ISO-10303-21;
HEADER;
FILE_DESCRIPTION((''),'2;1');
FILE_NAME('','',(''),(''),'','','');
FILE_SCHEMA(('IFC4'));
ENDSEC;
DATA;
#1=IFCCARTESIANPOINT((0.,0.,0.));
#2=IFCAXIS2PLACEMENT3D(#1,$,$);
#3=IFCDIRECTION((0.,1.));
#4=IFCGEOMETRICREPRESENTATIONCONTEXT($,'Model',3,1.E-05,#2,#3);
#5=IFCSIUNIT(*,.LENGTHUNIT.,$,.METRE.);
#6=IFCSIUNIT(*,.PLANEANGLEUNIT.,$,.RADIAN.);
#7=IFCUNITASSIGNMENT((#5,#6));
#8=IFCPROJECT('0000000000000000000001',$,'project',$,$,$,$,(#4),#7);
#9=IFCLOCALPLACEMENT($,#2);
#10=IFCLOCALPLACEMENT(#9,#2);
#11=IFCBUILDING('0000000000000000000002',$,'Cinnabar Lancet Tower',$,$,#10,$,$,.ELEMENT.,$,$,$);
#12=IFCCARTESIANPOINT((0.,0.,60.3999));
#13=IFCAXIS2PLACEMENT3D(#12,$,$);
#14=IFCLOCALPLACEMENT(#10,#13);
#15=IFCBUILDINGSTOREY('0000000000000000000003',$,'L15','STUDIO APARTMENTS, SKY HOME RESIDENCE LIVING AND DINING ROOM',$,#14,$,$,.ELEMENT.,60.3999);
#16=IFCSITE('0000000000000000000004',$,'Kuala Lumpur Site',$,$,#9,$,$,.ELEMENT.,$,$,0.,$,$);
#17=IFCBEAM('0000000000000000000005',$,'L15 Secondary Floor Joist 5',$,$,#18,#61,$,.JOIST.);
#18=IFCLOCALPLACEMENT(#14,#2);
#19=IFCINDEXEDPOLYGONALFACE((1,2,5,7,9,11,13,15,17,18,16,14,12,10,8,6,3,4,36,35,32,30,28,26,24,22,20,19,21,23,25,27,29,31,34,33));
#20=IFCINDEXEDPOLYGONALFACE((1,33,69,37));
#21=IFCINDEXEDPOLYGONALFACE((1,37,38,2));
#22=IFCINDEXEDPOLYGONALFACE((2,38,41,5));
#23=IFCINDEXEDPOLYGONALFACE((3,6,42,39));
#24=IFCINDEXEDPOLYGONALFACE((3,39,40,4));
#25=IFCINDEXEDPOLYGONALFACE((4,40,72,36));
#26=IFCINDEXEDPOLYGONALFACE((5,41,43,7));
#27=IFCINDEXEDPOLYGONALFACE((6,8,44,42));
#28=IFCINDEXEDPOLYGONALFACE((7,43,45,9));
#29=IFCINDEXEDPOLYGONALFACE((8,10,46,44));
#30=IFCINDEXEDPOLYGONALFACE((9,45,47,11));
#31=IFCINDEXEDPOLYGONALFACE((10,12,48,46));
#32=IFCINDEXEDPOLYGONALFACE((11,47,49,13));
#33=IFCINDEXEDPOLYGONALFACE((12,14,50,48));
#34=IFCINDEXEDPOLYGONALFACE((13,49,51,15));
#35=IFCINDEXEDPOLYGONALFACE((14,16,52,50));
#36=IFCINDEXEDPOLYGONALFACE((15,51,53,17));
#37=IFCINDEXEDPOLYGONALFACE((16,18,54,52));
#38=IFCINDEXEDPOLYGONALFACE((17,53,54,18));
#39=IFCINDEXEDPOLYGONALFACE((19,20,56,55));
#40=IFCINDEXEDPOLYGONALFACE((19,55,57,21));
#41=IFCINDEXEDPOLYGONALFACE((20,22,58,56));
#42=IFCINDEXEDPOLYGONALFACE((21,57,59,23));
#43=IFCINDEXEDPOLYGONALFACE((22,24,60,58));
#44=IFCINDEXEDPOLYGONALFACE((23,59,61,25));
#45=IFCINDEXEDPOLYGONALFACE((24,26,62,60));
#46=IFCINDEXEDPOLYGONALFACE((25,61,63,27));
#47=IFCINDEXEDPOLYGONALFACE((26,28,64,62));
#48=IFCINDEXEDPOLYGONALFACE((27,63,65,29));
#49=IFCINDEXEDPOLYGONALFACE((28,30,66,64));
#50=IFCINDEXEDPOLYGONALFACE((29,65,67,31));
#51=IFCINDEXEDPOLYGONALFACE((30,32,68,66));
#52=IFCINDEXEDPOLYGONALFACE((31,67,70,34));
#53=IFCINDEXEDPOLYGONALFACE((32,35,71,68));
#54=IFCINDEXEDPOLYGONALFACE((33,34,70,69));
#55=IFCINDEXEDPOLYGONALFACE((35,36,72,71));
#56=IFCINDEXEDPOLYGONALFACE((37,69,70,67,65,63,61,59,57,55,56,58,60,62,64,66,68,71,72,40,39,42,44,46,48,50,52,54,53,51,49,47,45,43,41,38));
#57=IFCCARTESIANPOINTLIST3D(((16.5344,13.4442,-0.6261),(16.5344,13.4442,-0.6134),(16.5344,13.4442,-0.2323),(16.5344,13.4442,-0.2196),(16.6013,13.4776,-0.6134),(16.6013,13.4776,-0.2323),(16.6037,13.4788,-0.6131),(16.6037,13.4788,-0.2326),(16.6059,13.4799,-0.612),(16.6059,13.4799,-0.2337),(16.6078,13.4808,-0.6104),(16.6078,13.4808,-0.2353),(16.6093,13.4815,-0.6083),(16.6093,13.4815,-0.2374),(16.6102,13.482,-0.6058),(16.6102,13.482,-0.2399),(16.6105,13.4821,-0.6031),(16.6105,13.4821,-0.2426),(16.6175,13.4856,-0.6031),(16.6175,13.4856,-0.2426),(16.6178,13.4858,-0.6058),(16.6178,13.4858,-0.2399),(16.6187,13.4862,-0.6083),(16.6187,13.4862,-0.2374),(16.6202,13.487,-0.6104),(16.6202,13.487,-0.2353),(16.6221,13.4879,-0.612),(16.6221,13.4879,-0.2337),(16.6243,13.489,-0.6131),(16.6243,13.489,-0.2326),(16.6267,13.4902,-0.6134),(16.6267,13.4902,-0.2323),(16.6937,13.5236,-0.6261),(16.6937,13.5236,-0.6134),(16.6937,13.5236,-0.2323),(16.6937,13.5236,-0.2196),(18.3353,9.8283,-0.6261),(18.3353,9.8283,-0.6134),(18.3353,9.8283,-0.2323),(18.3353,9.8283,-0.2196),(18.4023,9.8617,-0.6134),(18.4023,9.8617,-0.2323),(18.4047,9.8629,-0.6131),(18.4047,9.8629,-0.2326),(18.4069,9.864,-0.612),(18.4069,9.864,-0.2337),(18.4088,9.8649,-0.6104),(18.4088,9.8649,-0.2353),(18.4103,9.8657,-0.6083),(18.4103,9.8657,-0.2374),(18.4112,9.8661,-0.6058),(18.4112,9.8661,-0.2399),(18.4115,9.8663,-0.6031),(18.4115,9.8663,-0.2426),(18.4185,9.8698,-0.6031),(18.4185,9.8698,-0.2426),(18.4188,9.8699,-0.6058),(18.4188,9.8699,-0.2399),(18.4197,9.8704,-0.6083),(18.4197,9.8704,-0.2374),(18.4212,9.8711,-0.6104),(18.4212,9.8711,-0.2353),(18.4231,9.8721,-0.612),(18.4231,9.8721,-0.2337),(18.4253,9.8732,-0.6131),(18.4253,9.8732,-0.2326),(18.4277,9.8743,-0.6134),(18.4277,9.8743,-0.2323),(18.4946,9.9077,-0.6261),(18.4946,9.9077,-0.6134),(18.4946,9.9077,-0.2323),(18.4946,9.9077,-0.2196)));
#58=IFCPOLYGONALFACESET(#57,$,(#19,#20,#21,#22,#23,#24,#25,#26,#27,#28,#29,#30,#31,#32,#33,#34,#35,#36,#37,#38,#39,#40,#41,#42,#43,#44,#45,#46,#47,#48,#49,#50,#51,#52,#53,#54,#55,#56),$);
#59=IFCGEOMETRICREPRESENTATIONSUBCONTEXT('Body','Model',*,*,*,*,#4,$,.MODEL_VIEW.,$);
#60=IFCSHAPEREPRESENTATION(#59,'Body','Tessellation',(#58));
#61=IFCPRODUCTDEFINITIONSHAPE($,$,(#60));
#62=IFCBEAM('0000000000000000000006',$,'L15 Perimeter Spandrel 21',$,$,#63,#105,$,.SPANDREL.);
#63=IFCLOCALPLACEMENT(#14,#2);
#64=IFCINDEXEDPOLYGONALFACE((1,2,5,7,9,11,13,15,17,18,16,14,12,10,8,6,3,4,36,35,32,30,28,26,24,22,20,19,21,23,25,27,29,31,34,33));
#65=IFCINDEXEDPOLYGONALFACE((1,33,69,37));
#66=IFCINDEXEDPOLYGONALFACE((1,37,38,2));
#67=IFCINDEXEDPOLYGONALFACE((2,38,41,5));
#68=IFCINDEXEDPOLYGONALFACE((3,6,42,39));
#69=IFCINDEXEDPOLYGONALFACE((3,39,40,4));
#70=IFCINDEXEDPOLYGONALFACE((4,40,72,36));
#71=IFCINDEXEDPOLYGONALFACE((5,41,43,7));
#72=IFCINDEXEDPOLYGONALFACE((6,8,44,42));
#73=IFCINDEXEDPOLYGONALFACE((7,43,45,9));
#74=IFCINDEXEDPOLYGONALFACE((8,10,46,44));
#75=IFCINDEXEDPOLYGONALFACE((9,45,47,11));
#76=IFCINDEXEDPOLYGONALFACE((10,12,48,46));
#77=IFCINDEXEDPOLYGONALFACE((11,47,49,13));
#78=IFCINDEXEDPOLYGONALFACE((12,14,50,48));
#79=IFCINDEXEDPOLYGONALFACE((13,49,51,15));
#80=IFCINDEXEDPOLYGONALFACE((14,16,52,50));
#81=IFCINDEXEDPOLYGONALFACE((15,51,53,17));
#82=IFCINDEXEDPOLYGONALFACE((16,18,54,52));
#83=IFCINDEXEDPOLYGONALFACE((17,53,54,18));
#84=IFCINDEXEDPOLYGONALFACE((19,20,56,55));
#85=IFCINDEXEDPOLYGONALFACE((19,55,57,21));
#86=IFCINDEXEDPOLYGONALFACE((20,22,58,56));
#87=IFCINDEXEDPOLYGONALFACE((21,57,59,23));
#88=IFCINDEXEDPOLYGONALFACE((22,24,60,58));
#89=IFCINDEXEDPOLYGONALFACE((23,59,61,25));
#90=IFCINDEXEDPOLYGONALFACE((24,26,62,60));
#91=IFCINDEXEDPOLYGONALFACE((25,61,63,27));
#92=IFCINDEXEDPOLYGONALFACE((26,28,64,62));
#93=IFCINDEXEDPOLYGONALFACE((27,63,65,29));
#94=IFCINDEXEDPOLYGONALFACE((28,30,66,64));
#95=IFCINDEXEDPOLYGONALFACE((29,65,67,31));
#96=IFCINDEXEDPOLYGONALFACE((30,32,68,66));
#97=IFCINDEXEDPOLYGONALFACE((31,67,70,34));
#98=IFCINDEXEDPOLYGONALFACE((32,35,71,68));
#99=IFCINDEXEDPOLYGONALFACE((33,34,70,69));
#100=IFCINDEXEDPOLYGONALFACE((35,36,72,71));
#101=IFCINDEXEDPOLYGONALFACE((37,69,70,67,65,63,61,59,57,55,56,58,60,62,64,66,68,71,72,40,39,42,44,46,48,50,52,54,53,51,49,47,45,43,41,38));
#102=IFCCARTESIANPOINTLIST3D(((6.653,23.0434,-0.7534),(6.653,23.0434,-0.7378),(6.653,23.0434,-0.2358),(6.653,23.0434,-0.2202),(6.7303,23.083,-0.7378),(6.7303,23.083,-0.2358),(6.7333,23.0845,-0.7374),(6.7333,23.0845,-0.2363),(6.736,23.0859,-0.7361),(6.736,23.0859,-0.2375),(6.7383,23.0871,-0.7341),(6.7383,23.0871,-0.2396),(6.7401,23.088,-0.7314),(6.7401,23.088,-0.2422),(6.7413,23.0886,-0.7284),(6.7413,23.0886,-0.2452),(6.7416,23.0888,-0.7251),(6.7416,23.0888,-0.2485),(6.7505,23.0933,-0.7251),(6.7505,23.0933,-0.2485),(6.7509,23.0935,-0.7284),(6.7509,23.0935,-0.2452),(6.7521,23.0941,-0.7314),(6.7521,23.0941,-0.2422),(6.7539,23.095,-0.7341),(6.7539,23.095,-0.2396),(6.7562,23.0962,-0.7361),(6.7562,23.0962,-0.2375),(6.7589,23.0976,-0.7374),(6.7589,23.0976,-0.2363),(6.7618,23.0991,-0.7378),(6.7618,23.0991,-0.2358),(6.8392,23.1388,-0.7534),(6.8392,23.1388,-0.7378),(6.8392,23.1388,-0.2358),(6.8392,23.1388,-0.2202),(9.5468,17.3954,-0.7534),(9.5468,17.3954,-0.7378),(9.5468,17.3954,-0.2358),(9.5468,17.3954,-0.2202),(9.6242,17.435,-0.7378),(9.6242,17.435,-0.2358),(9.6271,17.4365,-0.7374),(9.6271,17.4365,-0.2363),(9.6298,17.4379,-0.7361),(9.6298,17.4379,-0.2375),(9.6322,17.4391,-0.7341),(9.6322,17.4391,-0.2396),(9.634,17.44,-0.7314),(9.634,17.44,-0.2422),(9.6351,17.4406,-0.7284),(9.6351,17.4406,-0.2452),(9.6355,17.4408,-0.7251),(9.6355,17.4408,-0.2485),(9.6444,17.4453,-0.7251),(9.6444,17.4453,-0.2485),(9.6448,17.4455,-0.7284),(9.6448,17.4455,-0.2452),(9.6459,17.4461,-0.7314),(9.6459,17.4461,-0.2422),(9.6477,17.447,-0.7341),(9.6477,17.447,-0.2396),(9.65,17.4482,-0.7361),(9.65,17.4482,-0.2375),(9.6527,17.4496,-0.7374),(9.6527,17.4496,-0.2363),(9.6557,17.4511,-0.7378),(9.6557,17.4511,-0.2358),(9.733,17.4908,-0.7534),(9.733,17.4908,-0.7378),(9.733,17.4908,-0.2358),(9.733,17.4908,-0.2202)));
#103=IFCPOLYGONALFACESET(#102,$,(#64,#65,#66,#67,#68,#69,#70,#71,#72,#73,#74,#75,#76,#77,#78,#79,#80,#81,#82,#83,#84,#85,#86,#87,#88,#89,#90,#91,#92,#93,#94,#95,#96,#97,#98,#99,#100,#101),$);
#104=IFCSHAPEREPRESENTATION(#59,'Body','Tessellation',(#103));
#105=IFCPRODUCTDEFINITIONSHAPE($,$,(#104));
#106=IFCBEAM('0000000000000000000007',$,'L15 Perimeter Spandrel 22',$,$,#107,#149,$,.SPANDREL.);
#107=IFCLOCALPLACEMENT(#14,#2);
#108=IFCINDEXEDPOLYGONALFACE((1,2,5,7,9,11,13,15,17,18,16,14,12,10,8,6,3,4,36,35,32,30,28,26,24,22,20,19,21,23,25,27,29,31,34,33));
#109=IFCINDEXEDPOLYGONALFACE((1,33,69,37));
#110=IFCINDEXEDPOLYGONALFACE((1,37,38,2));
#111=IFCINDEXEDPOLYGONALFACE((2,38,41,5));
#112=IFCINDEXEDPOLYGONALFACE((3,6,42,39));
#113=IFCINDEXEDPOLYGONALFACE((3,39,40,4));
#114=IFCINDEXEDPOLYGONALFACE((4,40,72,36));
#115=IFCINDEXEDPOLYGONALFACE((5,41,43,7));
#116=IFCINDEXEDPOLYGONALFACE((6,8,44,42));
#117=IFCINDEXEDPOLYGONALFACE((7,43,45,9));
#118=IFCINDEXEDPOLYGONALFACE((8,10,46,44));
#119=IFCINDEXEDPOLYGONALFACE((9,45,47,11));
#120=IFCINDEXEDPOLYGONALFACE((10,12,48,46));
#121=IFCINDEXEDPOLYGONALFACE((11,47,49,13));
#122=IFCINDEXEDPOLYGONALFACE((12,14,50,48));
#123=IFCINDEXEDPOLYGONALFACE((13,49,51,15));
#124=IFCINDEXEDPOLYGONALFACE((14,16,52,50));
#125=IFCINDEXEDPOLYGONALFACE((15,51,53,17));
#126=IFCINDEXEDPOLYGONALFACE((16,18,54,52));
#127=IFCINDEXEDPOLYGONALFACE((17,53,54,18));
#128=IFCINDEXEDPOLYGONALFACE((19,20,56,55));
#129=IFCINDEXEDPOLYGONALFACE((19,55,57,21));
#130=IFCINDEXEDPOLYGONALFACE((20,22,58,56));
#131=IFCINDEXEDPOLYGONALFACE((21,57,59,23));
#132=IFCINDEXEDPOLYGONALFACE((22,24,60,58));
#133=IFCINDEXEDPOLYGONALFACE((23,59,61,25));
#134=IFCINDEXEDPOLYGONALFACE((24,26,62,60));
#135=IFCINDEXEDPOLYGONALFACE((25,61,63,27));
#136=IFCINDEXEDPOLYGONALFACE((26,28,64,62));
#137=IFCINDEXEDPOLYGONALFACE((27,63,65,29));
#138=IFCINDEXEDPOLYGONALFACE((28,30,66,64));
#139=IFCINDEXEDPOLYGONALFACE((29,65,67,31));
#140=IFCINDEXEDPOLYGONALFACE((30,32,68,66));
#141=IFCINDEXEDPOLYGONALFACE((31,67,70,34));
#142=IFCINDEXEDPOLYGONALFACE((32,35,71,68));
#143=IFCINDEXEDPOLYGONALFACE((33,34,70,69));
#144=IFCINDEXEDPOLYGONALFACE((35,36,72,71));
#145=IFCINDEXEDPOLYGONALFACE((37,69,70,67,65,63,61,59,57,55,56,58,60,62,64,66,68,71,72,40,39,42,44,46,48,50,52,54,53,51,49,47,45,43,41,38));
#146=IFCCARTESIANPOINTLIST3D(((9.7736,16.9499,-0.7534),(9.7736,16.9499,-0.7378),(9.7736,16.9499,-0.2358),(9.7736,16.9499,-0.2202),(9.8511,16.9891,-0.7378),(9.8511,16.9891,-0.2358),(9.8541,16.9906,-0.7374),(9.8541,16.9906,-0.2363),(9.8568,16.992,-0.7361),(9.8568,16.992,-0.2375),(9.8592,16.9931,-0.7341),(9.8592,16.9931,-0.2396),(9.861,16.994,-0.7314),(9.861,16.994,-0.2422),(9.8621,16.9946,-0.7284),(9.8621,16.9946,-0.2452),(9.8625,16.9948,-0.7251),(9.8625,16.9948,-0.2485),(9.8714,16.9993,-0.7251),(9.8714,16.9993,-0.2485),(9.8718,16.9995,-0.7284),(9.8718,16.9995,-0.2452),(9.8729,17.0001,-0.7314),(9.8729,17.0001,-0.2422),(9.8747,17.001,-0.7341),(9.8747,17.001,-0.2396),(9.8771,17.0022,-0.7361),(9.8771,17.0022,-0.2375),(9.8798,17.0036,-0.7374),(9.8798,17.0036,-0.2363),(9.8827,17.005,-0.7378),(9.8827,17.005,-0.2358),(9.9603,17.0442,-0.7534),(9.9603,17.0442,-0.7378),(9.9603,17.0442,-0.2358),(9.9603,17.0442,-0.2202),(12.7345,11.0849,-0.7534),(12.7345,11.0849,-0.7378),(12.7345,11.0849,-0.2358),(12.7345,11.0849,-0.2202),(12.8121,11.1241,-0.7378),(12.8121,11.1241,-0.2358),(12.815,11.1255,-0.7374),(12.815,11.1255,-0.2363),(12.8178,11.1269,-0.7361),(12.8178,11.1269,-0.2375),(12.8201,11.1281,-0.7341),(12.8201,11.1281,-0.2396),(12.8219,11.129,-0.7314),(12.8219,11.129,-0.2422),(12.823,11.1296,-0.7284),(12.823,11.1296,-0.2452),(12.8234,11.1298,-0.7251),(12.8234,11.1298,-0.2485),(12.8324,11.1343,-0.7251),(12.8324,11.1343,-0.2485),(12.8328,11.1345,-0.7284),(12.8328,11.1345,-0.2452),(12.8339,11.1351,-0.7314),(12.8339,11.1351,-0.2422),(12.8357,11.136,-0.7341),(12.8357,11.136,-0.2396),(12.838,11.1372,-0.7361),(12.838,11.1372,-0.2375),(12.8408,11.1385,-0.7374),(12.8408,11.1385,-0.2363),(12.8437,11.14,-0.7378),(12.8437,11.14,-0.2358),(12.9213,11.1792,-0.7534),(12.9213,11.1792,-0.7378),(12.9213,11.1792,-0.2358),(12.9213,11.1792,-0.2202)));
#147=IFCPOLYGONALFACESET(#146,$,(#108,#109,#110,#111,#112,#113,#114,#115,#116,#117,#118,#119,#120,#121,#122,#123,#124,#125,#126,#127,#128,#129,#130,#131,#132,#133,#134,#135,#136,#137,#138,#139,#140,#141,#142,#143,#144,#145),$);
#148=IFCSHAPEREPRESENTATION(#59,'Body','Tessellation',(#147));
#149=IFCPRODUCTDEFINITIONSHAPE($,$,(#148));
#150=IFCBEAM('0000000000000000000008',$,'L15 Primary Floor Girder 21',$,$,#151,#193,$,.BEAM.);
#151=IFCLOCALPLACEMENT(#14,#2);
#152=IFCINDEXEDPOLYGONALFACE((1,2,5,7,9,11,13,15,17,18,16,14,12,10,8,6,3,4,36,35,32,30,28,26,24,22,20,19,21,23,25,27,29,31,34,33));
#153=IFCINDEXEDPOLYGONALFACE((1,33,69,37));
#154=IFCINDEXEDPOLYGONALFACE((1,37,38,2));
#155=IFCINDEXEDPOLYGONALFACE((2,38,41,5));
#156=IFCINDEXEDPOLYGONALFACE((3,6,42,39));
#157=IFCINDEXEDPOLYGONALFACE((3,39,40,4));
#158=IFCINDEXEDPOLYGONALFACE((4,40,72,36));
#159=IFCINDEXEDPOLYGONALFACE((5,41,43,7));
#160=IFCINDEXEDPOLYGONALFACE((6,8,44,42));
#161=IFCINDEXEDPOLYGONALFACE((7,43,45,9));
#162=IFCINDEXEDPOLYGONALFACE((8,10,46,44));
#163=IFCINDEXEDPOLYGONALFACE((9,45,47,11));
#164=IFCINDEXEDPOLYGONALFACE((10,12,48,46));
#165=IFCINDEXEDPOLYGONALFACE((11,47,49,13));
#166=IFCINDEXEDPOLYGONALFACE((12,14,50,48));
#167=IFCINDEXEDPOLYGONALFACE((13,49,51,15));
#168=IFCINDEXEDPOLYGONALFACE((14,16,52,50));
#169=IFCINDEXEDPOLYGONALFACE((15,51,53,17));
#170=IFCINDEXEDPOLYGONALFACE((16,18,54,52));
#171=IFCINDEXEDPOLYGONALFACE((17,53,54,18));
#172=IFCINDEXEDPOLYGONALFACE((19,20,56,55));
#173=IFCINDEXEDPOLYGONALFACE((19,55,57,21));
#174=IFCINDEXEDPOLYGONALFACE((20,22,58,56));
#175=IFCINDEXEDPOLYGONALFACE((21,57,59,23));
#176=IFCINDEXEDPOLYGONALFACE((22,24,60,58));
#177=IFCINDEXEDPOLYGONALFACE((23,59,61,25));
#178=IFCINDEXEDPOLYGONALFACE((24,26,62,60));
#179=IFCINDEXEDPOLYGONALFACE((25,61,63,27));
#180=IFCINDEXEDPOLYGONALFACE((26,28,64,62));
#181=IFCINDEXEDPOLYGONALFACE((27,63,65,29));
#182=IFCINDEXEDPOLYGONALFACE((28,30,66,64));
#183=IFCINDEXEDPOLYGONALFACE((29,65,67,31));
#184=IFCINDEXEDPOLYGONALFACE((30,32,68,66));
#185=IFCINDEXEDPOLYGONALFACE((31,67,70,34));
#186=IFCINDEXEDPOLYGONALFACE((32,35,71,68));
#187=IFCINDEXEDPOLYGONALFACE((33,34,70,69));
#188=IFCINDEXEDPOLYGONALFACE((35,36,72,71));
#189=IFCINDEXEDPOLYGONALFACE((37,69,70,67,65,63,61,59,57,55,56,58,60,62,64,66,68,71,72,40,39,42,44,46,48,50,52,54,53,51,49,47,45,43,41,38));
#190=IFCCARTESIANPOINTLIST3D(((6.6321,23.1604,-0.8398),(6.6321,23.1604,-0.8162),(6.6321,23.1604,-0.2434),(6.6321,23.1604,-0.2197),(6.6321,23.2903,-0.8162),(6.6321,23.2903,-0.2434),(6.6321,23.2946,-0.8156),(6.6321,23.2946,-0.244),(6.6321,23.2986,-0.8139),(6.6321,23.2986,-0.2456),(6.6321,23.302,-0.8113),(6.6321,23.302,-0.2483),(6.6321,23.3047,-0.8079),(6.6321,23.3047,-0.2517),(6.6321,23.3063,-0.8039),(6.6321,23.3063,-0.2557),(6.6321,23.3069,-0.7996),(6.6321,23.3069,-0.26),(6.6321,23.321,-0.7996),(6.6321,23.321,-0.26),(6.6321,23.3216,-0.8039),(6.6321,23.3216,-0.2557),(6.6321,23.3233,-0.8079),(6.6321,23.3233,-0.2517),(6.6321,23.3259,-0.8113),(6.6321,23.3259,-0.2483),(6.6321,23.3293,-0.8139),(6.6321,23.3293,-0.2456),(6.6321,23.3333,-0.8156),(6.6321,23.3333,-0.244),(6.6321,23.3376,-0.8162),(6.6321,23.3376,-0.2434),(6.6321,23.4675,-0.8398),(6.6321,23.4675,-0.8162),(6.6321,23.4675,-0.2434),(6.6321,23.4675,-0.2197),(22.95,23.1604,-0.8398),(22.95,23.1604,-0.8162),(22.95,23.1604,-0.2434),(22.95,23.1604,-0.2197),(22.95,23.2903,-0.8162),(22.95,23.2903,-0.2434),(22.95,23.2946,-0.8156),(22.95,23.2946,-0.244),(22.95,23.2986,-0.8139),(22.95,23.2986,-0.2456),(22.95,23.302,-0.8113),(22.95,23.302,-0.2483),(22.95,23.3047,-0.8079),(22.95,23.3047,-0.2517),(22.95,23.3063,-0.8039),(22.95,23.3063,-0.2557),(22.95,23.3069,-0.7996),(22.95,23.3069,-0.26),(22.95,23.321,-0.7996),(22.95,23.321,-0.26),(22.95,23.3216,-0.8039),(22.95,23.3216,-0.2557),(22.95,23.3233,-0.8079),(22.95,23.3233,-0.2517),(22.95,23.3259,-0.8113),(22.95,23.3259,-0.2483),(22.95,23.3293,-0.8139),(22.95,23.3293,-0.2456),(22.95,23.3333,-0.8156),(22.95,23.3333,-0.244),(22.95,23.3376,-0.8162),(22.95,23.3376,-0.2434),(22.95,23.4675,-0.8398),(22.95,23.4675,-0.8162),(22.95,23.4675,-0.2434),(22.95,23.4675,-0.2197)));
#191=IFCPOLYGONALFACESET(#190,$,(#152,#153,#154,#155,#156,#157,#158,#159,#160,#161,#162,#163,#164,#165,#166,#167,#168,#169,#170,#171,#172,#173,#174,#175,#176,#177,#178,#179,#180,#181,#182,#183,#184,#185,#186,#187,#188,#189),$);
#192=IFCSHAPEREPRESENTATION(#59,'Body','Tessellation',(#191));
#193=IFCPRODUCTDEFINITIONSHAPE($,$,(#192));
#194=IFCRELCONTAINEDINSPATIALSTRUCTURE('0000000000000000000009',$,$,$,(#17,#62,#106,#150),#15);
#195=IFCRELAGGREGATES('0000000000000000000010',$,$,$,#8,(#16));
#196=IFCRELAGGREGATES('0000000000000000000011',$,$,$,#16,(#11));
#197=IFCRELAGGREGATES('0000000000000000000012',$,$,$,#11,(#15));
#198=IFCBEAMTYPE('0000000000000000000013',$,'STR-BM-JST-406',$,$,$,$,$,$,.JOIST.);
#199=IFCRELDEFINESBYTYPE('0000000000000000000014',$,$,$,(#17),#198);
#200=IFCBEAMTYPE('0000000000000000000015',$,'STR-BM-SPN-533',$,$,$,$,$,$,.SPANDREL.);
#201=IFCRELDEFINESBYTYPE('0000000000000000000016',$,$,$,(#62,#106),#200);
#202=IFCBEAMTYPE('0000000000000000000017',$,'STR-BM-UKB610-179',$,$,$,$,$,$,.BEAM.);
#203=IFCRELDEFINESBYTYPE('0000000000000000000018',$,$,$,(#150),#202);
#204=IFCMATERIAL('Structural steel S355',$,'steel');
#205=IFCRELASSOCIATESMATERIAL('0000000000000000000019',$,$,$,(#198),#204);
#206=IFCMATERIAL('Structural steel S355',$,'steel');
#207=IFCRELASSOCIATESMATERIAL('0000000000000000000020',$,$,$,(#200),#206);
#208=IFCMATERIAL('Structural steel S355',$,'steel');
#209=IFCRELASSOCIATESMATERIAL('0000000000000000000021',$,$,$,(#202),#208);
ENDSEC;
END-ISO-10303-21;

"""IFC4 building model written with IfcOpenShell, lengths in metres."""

from ifc_helpers import new_model, si_unit, direction, frame, origin, origin_2d, place, context, subcontext, project, spatial, i_section, extrude, material, material_profile, profile_set, type_object, element, save


model = new_model("IFC4")

# Units and contexts
model_context = context("Model", 3, precision=1e-05, world=origin(), true_north=direction((0.0, 1.0)))
body_context = subcontext(model_context, "Body", "Model", "MODEL_VIEW")
ifc_project = project(units=[si_unit("LENGTHUNIT", "METRE"), si_unit("PLANEANGLEUNIT", "RADIAN")], contexts=[model_context])

# Site, building, storey
site_placement = place(None, origin())
site = spatial("IfcSite", under=ifc_project, at=site_placement, Name="Kuala Lumpur Site", CompositionType="ELEMENT", RefElevation=0.0)
building_placement = place(site_placement, origin())
building = spatial("IfcBuilding", under=site, at=building_placement, Name="Cinnabar Lancet Tower", CompositionType="ELEMENT")
storey_placement = place(building_placement, frame((0.0, 0.0, 60.3999)))
storey = spatial("IfcBuildingStorey", under=building, at=storey_placement, Name="L15", Description="STUDIO APARTMENTS, SKY HOME RESIDENCE LIVING AND DINING ROOM", CompositionType="ELEMENT", Elevation=60.3999)

# Beams
ifc_material_1 = material(Name="Structural steel S355", Category="steel")
ifc_material_profile_1 = material_profile(ifc_material_1, i_section(OverallWidth=0.178, OverallDepth=0.4065, WebThickness=0.0078, FlangeThickness=0.0127, FilletRadius=0.0103, at=origin_2d()), Name="UKB 406x178x60")
ifc_profile_set_1 = profile_set([ifc_material_profile_1], Name="Structural steel S355")
beam_type_1 = type_object("IfcBeamType", Name="STR-BM-JST-406", PredefinedType="JOIST", material=ifc_profile_set_1)
beam_1_placement = place(storey_placement, frame((16.614, 13.4839, -0.4229), z_axis=(0.445835, -0.895115, 0.0), x_axis=(0.895115, 0.445835, 0.0)))
element("IfcBeam", 1, at=beam_1_placement, inside=storey, type_object=beam_type_1, Name="L15 Secondary Floor Joist 5", PredefinedType="JOIST", context=body_context, shape_type="SweptSolid", body=[
    extrude(i_section(OverallWidth=0.178, OverallDepth=0.4065, WebThickness=0.0078, FlangeThickness=0.0127, FilletRadius=0.0103, at=origin_2d()), origin(), (0.0, 0.0, 1.0), 4.0396),
])
ifc_material_2 = material(Name="Structural steel S355", Category="steel")
ifc_material_profile_2 = material_profile(ifc_material_2, i_section(OverallWidth=0.2092, OverallDepth=0.5332, WebThickness=0.01, FlangeThickness=0.0156, FilletRadius=0.0127, at=origin_2d()), Name="UKB 533x210x92")
ifc_profile_set_2 = profile_set([ifc_material_profile_2], Name="Structural steel S355")
beam_type_2 = type_object("IfcBeamType", Name="STR-BM-SPN-533", PredefinedType="SPANDREL", material=ifc_profile_set_2)
beam_2_placement = place(storey_placement, frame((6.7461, 23.0911, -0.4868), z_axis=(0.455994, -0.889983, 0.0), x_axis=(0.889983, 0.455994, 0.0)))
element("IfcBeam", 2, at=beam_2_placement, inside=storey, type_object=beam_type_2, Name="L15 Perimeter Spandrel 21", PredefinedType="SPANDREL", context=body_context, shape_type="SweptSolid", body=[
    extrude(i_section(OverallWidth=0.2092, OverallDepth=0.5332, WebThickness=0.01, FlangeThickness=0.0156, FilletRadius=0.0127, at=origin_2d()), origin(), (0.0, 0.0, 1.0), 6.3462),
])
beam_3_placement = place(storey_placement, frame((9.8669, 16.9971, -0.4868), z_axis=(0.450674, -0.892689, 0.0), x_axis=(0.892689, 0.450674, 0.0)))
element("IfcBeam", 3, at=beam_3_placement, inside=storey, type_object=beam_type_2, Name="L15 Perimeter Spandrel 22", PredefinedType="SPANDREL", context=body_context, shape_type="SweptSolid", body=[
    extrude(i_section(OverallWidth=0.2092, OverallDepth=0.5332, WebThickness=0.01, FlangeThickness=0.0156, FilletRadius=0.0127, at=origin_2d()), origin(), (0.0, 0.0, 1.0), 6.5701),
])
ifc_material_3 = material(Name="Structural steel S355", Category="steel")
ifc_material_profile_3 = material_profile(ifc_material_3, i_section(OverallWidth=0.3071, OverallDepth=0.6201, WebThickness=0.0142, FlangeThickness=0.0237, FilletRadius=0.0166, at=origin_2d()), Name="UKB 610x305x179")
ifc_profile_set_3 = profile_set([ifc_material_profile_3], Name="Structural steel S355")
beam_type_3 = type_object("IfcBeamType", Name="STR-BM-UKB610-179", PredefinedType="BEAM", material=ifc_profile_set_3)
beam_4_placement = place(storey_placement, frame((6.6321, 23.314, -0.5298), z_axis=(1.0, 0.0, 0.0), x_axis=(0.0, 1.0, 0.0)))
element("IfcBeam", 4, at=beam_4_placement, inside=storey, type_object=beam_type_3, Name="L15 Primary Floor Girder 21", PredefinedType="BEAM", context=body_context, shape_type="SweptSolid", body=[
    extrude(i_section(OverallWidth=0.3071, OverallDepth=0.6201, WebThickness=0.0142, FlangeThickness=0.0237, FilletRadius=0.0166, at=origin_2d()), origin(), (0.0, 0.0, 1.0), 16.3179),
])

save(model, "model.ifc")
